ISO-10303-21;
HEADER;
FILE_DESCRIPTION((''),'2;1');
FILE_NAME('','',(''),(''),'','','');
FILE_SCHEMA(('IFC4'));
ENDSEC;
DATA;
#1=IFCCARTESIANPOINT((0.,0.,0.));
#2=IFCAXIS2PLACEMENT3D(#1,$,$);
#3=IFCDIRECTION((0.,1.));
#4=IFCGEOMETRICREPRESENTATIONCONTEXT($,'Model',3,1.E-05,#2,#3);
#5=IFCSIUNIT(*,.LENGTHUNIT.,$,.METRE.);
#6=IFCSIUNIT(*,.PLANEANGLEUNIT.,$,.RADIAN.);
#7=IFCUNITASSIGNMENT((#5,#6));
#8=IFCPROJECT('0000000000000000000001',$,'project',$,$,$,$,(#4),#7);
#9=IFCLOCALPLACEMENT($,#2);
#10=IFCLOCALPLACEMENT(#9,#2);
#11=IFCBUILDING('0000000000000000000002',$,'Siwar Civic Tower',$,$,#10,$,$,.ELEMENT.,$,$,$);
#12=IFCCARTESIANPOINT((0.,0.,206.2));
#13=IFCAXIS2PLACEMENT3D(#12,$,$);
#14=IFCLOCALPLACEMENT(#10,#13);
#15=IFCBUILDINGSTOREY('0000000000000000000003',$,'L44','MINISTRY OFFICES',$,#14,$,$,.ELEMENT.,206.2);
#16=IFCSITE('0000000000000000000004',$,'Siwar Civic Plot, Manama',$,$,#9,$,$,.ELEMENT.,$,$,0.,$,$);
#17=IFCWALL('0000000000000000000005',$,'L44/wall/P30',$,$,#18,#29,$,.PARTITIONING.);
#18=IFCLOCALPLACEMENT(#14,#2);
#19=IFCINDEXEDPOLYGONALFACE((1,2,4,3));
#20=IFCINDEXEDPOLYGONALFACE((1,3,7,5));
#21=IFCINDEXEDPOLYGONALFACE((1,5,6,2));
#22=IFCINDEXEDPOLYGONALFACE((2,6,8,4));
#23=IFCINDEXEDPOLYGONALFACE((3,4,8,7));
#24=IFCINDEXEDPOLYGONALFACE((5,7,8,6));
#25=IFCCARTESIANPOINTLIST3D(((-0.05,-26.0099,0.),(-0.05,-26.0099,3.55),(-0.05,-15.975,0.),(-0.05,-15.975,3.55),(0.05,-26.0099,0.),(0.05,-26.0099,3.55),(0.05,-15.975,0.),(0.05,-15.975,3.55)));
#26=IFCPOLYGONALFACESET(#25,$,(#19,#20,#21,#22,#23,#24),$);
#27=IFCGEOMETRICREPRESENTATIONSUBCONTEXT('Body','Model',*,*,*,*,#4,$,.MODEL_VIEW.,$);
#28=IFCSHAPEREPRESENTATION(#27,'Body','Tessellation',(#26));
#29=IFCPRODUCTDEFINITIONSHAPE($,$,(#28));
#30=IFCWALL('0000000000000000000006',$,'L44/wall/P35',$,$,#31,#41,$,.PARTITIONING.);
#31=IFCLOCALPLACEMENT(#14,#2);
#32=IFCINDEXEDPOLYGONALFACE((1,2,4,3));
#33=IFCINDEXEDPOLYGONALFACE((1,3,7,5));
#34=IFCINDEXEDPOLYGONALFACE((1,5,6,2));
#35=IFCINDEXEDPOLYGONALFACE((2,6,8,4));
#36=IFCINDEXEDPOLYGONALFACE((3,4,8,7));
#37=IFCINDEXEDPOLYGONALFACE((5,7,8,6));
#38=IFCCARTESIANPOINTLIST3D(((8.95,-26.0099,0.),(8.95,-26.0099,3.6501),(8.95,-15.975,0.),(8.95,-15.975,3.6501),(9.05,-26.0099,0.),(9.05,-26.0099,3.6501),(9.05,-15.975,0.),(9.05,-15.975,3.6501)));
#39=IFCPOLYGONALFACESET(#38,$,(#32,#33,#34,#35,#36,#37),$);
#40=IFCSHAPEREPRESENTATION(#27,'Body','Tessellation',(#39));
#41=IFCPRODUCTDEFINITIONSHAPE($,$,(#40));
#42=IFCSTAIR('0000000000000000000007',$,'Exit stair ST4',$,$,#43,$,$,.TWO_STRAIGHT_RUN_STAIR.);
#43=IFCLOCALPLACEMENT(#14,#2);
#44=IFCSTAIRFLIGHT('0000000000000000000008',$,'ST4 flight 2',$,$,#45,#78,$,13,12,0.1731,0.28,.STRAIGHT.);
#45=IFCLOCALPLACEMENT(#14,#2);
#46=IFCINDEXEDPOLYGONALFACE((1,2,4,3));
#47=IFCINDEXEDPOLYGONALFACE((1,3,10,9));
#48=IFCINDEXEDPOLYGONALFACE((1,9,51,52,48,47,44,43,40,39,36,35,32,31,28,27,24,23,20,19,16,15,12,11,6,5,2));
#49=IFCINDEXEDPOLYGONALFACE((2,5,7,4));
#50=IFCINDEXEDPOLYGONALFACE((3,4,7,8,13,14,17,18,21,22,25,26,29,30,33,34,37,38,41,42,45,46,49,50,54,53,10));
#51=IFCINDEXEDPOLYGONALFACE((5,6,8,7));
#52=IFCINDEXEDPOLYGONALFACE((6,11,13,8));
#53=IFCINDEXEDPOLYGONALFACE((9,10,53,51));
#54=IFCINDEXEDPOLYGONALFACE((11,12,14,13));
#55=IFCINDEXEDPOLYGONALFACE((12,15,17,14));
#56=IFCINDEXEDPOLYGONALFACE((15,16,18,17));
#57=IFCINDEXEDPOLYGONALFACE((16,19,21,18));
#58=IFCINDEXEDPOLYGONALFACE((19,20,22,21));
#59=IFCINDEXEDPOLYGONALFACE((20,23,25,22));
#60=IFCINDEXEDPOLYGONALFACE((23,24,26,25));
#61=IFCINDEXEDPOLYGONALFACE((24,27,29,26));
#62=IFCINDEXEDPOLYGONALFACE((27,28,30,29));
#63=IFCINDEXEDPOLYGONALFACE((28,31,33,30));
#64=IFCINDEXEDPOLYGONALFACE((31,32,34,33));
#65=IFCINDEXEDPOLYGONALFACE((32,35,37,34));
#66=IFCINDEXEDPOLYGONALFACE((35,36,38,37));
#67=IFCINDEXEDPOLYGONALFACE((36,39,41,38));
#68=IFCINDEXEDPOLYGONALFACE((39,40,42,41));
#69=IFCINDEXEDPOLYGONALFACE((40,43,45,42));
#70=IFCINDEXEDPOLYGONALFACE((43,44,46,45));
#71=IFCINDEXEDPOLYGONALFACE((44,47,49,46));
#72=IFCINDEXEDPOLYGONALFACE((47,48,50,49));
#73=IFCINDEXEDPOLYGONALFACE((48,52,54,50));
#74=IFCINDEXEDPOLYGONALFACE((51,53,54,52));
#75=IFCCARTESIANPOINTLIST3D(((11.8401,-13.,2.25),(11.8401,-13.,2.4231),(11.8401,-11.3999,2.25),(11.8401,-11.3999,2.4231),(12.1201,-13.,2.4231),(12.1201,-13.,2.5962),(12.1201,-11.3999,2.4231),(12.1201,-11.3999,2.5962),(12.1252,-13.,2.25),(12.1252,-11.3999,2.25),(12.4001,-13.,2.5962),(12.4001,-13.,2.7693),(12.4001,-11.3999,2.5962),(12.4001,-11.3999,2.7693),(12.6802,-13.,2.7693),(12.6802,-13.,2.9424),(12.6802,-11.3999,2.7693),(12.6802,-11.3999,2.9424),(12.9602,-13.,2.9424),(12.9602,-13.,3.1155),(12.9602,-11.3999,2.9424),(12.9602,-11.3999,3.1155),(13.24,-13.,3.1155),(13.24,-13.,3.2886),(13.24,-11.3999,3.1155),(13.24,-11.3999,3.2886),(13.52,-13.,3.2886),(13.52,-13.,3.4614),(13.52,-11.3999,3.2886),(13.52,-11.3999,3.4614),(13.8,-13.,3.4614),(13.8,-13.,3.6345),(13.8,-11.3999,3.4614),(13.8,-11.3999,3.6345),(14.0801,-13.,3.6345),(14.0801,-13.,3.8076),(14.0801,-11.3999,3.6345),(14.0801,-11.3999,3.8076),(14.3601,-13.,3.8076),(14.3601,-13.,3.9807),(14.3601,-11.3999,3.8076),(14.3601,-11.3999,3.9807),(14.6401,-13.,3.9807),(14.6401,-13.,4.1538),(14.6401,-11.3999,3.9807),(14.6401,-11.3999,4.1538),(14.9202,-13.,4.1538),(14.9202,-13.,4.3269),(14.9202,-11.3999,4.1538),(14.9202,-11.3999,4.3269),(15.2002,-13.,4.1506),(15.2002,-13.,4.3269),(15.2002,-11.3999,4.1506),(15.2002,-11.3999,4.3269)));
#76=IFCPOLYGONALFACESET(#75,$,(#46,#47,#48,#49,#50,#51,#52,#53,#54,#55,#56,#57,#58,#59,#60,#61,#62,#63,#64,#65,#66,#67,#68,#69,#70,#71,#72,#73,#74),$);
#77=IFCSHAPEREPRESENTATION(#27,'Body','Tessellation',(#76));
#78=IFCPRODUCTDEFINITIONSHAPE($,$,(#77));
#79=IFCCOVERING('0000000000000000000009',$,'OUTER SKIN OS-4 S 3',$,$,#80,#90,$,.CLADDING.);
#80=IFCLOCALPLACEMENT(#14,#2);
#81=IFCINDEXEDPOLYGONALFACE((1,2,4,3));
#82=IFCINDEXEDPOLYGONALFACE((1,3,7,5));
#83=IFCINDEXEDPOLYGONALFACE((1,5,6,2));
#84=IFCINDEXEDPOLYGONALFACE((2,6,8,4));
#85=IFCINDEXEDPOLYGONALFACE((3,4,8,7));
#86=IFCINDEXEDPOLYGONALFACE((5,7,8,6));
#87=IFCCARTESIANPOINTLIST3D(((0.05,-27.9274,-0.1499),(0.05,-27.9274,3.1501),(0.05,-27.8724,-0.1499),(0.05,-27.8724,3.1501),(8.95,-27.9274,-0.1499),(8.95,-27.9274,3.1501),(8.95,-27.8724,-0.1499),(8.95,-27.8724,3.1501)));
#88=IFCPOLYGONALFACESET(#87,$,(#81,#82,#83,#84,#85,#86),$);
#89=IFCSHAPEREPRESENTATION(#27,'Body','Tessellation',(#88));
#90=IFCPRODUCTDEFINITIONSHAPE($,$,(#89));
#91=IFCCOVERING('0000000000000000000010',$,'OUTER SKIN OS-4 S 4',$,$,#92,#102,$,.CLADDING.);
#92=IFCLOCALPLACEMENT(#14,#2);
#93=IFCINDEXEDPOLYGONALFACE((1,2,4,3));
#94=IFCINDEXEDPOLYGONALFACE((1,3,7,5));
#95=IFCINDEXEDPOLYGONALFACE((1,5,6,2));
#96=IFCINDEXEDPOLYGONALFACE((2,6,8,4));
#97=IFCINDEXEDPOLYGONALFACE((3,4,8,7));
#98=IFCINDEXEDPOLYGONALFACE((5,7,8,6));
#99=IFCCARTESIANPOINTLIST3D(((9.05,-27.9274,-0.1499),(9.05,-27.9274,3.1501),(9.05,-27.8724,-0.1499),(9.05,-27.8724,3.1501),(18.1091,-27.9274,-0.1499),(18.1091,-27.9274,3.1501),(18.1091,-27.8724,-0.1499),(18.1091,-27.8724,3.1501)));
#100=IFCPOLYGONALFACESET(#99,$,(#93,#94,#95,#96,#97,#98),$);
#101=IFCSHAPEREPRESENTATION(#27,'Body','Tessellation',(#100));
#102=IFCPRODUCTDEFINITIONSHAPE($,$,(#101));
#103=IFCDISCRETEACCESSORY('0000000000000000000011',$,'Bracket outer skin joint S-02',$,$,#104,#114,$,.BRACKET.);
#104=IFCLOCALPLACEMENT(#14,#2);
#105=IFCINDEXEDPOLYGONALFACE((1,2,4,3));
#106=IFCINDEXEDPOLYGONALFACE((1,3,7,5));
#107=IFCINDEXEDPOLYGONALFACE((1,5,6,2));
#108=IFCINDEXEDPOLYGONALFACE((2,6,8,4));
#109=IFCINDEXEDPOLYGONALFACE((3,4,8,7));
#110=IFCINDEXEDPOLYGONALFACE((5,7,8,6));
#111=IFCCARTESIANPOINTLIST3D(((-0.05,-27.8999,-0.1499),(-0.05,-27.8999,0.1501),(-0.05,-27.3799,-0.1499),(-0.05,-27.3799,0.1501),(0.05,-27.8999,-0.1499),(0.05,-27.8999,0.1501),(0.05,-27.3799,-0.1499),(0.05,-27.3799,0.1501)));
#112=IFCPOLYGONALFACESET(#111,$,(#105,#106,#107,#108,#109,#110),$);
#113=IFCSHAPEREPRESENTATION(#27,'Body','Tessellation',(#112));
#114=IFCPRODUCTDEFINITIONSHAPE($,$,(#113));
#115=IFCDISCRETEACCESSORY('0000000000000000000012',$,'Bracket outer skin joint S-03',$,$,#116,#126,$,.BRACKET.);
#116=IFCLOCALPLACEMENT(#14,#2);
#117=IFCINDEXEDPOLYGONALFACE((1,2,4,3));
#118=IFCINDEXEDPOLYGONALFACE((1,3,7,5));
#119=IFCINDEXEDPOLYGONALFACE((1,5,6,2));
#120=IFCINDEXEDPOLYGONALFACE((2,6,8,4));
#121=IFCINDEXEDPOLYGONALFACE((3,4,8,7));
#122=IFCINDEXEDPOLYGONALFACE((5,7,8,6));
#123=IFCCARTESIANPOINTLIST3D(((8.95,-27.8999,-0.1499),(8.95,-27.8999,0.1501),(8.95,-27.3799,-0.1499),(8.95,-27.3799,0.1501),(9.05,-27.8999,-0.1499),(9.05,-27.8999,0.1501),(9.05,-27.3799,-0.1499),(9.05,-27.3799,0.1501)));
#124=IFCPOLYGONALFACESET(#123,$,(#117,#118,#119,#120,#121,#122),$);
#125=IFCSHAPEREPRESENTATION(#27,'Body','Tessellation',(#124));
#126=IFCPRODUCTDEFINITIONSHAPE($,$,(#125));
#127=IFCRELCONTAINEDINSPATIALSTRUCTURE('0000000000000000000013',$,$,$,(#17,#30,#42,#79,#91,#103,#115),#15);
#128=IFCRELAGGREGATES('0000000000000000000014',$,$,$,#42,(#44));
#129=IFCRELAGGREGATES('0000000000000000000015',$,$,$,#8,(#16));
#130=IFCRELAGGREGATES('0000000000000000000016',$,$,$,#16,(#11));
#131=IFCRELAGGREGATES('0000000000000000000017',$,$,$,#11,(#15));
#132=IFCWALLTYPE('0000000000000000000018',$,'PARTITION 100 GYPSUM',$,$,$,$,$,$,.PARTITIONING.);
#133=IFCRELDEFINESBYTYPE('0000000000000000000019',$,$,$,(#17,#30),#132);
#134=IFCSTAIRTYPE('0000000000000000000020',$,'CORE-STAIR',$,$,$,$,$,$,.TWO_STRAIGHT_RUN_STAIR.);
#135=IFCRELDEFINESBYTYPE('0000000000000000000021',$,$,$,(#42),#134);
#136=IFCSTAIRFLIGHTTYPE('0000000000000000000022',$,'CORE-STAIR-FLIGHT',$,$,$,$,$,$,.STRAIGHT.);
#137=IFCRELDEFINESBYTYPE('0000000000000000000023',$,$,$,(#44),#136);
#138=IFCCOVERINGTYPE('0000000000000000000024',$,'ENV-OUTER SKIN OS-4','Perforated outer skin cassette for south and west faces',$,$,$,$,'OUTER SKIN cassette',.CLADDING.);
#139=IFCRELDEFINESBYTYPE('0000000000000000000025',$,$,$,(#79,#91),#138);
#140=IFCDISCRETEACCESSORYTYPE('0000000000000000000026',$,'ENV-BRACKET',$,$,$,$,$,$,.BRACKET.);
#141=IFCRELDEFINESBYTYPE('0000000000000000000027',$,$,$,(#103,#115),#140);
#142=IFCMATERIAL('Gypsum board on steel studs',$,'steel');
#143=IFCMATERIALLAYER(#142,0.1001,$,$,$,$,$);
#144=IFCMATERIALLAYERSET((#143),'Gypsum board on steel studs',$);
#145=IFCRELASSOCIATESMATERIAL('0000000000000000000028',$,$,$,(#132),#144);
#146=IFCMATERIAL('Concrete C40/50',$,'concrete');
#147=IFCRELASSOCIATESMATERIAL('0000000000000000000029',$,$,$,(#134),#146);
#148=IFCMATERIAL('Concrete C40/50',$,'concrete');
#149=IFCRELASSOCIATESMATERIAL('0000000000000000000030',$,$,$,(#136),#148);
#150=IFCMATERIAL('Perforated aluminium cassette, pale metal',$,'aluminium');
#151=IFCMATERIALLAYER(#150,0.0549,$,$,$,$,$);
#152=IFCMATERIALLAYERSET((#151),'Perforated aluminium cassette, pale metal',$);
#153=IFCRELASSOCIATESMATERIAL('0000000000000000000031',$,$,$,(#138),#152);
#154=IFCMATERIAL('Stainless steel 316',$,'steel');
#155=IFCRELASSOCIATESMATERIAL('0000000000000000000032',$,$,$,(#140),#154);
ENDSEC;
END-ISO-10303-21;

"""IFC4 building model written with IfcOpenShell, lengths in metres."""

from ifc_helpers import new_model, si_unit, direction, frame, frame_2d, origin, origin_2d, place, context, subcontext, project, spatial, polyline, rectangle, outline, extrude, material, layer, layer_set, type_object, element, aggregate, save


model = new_model("IFC4")

# Units and contexts
model_context = context("Model", 3, precision=1e-05, world=origin(), true_north=direction((0.0, 1.0)))
body_context = subcontext(model_context, "Body", "Model", "MODEL_VIEW")
ifc_project = project(units=[si_unit("LENGTHUNIT", "METRE"), si_unit("PLANEANGLEUNIT", "RADIAN")], contexts=[model_context])

# Site, building, storey
site_placement = place(None, origin())
site = spatial("IfcSite", under=ifc_project, at=site_placement, Name="Siwar Civic Plot, Manama", CompositionType="ELEMENT", RefElevation=0.0)
building_placement = place(site_placement, origin())
building = spatial("IfcBuilding", under=site, at=building_placement, Name="Siwar Civic Tower", CompositionType="ELEMENT")
storey_placement = place(building_placement, frame((0.0, 0.0, 206.2)))
storey = spatial("IfcBuildingStorey", under=building, at=storey_placement, Name="L44", Description="MINISTRY OFFICES", CompositionType="ELEMENT", Elevation=206.2)

# Walls
ifc_material_1 = material(Name="Gypsum board on steel studs", Category="steel")
ifc_layer_1 = layer(ifc_material_1, 0.1001)
ifc_layer_set_1 = layer_set([ifc_layer_1], Name="Gypsum board on steel studs")
wall_type_1 = type_object("IfcWallType", Name="PARTITION 100 GYPSUM", PredefinedType="PARTITIONING", material=ifc_layer_set_1)
wall_1_placement = place(storey_placement, frame((0.0, -26.01, 0.0), z_axis=(0.0, 0.0, 1.0), x_axis=(0.0, 1.0, 0.0)))
element("IfcWall", 1, at=wall_1_placement, inside=storey, type_object=wall_type_1, Name="L44/wall/P30", PredefinedType="PARTITIONING", context=body_context, shape_type="SweptSolid", body=[
    extrude(rectangle(XDim=10.0349, YDim=0.1001, at=frame_2d((5.0176, 0.0))), origin(), (0.0, 0.0, 1.0), 3.55),
])
wall_2_placement = place(storey_placement, frame((9.0, -26.01, 0.0), z_axis=(0.0, 0.0, 1.0), x_axis=(0.0, 1.0, 0.0)))
element("IfcWall", 2, at=wall_2_placement, inside=storey, type_object=wall_type_1, Name="L44/wall/P35", PredefinedType="PARTITIONING", context=body_context, shape_type="SweptSolid", body=[
    extrude(rectangle(XDim=10.0349, YDim=0.1001, at=frame_2d((5.0176, 0.0))), origin(), (0.0, 0.0, 1.0), 3.6501),
])

# Stair, stair flight
ifc_material_2 = material(Name="Concrete C40/50", Category="concrete")
stair_type = type_object("IfcStairType", Name="CORE-STAIR", PredefinedType="TWO_STRAIGHT_RUN_STAIR", material=ifc_material_2)
stair_placement = place(storey_placement, origin())
stair = element("IfcStair", 3, at=stair_placement, inside=storey, type_object=stair_type, Name="Exit stair ST4", PredefinedType="TWO_STRAIGHT_RUN_STAIR")
ifc_material_3 = material(Name="Concrete C40/50", Category="concrete")
stair_flight_type = type_object("IfcStairFlightType", Name="CORE-STAIR-FLIGHT", PredefinedType="STRAIGHT", material=ifc_material_3)
stair_flight_placement = place(storey_placement, frame((11.8401, -12.2, 2.25), z_axis=(0.0, 0.0, 1.0), x_axis=(1.0, 0.0, 0.0)))
stair_flight = element("IfcStairFlight", 4, at=stair_flight_placement, type_object=stair_flight_type, Name="ST4 flight 2", NumberOfRisers=13, NumberOfTreads=12, PredefinedType="STRAIGHT", RiserHeight=0.1731, TreadLength=0.28, context=body_context, shape_type="SweptSolid", body=[
    extrude(outline(polyline([(0.0, 0.0), (0.0, 0.1731), (0.28, 0.1731), (0.28, 0.3462), (0.5601, 0.3462), (0.5601, 0.5193), (0.8401, 0.5193), (0.8401, 0.6924), (1.1201, 0.6924), (1.1201, 0.8655), (1.3999, 0.8655), (1.3999, 1.0386), (1.6799, 1.0386), (1.6799, 1.2114), (1.96, 1.2114), (1.96, 1.3845), (2.24, 1.3845), (2.24, 1.5576), (2.52, 1.5576), (2.52, 1.7307), (2.8, 1.7307), (2.8, 1.9038), (3.0801, 1.9038), (3.0801, 2.0769), (3.3601, 2.0769), (3.3601, 2.25), (3.3601, 1.9006), (0.2852, 0.0), (0.0, 0.0)])), frame((0.0, 0.8, 0.0), z_axis=(0.0, -1.0, 0.0), x_axis=(1.0, 0.0, 0.0)), (0.0, 0.0, 1.0), 1.6001),
])
aggregate(stair, [stair_flight])

# Coverings
ifc_material_4 = material(Name="Perforated aluminium cassette, pale metal", Category="aluminium")
ifc_layer_2 = layer(ifc_material_4, 0.0549)
ifc_layer_set_2 = layer_set([ifc_layer_2], Name="Perforated aluminium cassette, pale metal")
covering_type = type_object("IfcCoveringType", Name="ENV-OUTER SKIN OS-4", Description="Perforated outer skin cassette for south and west faces", ElementType="OUTER SKIN cassette", PredefinedType="CLADDING", material=ifc_layer_set_2)
covering_1_placement = place(storey_placement, frame((4.5, -27.8999, -0.1499), z_axis=(0.0, 0.0, 1.0), x_axis=(1.0, 0.0, 0.0)))
element("IfcCovering", 5, at=covering_1_placement, inside=storey, type_object=covering_type, Name="OUTER SKIN OS-4 S 3", PredefinedType="CLADDING", context=body_context, shape_type="SweptSolid", body=[
    extrude(rectangle(XDim=8.8999, YDim=0.0549, at=origin_2d()), origin(), (0.0, 0.0, 1.0), 3.3),
])
covering_2_placement = place(storey_placement, frame((13.5796, -27.8999, -0.1499), z_axis=(0.0, 0.0, 1.0), x_axis=(1.0, 0.0, 0.0)))
element("IfcCovering", 6, at=covering_2_placement, inside=storey, type_object=covering_type, Name="OUTER SKIN OS-4 S 4", PredefinedType="CLADDING", context=body_context, shape_type="SweptSolid", body=[
    extrude(rectangle(XDim=9.0591, YDim=0.0549, at=origin_2d()), origin(), (0.0, 0.0, 1.0), 3.3),
])

# Discrete accessories
ifc_material_5 = material(Name="Stainless steel 316", Category="steel")
discrete_accessory_type = type_object("IfcDiscreteAccessoryType", Name="ENV-BRACKET", PredefinedType="BRACKET", material=ifc_material_5)
for number, where, z_axis, x_axis, name in (
    (7, (0.0, -27.6399, -0.1499), (0.0, 0.0, 1.0), (0.0, -1.0, 0.0), "Bracket outer skin joint S-02"),
    (8, (9.0, -27.6399, -0.1499), (0.0, 0.0, 1.0), (0.0, -1.0, 0.0), "Bracket outer skin joint S-03"),
):
    element("IfcDiscreteAccessory", number, at=place(storey_placement, frame(where, z_axis=z_axis, x_axis=x_axis)), inside=storey, type_object=discrete_accessory_type, Name=name, PredefinedType="BRACKET", context=body_context, shape_type="SweptSolid", body=[
        extrude(rectangle(XDim=0.52, YDim=0.1001, at=origin_2d()), origin(), (0.0, 0.0, 1.0), 0.3),
    ])

save(model, "model.ifc")
